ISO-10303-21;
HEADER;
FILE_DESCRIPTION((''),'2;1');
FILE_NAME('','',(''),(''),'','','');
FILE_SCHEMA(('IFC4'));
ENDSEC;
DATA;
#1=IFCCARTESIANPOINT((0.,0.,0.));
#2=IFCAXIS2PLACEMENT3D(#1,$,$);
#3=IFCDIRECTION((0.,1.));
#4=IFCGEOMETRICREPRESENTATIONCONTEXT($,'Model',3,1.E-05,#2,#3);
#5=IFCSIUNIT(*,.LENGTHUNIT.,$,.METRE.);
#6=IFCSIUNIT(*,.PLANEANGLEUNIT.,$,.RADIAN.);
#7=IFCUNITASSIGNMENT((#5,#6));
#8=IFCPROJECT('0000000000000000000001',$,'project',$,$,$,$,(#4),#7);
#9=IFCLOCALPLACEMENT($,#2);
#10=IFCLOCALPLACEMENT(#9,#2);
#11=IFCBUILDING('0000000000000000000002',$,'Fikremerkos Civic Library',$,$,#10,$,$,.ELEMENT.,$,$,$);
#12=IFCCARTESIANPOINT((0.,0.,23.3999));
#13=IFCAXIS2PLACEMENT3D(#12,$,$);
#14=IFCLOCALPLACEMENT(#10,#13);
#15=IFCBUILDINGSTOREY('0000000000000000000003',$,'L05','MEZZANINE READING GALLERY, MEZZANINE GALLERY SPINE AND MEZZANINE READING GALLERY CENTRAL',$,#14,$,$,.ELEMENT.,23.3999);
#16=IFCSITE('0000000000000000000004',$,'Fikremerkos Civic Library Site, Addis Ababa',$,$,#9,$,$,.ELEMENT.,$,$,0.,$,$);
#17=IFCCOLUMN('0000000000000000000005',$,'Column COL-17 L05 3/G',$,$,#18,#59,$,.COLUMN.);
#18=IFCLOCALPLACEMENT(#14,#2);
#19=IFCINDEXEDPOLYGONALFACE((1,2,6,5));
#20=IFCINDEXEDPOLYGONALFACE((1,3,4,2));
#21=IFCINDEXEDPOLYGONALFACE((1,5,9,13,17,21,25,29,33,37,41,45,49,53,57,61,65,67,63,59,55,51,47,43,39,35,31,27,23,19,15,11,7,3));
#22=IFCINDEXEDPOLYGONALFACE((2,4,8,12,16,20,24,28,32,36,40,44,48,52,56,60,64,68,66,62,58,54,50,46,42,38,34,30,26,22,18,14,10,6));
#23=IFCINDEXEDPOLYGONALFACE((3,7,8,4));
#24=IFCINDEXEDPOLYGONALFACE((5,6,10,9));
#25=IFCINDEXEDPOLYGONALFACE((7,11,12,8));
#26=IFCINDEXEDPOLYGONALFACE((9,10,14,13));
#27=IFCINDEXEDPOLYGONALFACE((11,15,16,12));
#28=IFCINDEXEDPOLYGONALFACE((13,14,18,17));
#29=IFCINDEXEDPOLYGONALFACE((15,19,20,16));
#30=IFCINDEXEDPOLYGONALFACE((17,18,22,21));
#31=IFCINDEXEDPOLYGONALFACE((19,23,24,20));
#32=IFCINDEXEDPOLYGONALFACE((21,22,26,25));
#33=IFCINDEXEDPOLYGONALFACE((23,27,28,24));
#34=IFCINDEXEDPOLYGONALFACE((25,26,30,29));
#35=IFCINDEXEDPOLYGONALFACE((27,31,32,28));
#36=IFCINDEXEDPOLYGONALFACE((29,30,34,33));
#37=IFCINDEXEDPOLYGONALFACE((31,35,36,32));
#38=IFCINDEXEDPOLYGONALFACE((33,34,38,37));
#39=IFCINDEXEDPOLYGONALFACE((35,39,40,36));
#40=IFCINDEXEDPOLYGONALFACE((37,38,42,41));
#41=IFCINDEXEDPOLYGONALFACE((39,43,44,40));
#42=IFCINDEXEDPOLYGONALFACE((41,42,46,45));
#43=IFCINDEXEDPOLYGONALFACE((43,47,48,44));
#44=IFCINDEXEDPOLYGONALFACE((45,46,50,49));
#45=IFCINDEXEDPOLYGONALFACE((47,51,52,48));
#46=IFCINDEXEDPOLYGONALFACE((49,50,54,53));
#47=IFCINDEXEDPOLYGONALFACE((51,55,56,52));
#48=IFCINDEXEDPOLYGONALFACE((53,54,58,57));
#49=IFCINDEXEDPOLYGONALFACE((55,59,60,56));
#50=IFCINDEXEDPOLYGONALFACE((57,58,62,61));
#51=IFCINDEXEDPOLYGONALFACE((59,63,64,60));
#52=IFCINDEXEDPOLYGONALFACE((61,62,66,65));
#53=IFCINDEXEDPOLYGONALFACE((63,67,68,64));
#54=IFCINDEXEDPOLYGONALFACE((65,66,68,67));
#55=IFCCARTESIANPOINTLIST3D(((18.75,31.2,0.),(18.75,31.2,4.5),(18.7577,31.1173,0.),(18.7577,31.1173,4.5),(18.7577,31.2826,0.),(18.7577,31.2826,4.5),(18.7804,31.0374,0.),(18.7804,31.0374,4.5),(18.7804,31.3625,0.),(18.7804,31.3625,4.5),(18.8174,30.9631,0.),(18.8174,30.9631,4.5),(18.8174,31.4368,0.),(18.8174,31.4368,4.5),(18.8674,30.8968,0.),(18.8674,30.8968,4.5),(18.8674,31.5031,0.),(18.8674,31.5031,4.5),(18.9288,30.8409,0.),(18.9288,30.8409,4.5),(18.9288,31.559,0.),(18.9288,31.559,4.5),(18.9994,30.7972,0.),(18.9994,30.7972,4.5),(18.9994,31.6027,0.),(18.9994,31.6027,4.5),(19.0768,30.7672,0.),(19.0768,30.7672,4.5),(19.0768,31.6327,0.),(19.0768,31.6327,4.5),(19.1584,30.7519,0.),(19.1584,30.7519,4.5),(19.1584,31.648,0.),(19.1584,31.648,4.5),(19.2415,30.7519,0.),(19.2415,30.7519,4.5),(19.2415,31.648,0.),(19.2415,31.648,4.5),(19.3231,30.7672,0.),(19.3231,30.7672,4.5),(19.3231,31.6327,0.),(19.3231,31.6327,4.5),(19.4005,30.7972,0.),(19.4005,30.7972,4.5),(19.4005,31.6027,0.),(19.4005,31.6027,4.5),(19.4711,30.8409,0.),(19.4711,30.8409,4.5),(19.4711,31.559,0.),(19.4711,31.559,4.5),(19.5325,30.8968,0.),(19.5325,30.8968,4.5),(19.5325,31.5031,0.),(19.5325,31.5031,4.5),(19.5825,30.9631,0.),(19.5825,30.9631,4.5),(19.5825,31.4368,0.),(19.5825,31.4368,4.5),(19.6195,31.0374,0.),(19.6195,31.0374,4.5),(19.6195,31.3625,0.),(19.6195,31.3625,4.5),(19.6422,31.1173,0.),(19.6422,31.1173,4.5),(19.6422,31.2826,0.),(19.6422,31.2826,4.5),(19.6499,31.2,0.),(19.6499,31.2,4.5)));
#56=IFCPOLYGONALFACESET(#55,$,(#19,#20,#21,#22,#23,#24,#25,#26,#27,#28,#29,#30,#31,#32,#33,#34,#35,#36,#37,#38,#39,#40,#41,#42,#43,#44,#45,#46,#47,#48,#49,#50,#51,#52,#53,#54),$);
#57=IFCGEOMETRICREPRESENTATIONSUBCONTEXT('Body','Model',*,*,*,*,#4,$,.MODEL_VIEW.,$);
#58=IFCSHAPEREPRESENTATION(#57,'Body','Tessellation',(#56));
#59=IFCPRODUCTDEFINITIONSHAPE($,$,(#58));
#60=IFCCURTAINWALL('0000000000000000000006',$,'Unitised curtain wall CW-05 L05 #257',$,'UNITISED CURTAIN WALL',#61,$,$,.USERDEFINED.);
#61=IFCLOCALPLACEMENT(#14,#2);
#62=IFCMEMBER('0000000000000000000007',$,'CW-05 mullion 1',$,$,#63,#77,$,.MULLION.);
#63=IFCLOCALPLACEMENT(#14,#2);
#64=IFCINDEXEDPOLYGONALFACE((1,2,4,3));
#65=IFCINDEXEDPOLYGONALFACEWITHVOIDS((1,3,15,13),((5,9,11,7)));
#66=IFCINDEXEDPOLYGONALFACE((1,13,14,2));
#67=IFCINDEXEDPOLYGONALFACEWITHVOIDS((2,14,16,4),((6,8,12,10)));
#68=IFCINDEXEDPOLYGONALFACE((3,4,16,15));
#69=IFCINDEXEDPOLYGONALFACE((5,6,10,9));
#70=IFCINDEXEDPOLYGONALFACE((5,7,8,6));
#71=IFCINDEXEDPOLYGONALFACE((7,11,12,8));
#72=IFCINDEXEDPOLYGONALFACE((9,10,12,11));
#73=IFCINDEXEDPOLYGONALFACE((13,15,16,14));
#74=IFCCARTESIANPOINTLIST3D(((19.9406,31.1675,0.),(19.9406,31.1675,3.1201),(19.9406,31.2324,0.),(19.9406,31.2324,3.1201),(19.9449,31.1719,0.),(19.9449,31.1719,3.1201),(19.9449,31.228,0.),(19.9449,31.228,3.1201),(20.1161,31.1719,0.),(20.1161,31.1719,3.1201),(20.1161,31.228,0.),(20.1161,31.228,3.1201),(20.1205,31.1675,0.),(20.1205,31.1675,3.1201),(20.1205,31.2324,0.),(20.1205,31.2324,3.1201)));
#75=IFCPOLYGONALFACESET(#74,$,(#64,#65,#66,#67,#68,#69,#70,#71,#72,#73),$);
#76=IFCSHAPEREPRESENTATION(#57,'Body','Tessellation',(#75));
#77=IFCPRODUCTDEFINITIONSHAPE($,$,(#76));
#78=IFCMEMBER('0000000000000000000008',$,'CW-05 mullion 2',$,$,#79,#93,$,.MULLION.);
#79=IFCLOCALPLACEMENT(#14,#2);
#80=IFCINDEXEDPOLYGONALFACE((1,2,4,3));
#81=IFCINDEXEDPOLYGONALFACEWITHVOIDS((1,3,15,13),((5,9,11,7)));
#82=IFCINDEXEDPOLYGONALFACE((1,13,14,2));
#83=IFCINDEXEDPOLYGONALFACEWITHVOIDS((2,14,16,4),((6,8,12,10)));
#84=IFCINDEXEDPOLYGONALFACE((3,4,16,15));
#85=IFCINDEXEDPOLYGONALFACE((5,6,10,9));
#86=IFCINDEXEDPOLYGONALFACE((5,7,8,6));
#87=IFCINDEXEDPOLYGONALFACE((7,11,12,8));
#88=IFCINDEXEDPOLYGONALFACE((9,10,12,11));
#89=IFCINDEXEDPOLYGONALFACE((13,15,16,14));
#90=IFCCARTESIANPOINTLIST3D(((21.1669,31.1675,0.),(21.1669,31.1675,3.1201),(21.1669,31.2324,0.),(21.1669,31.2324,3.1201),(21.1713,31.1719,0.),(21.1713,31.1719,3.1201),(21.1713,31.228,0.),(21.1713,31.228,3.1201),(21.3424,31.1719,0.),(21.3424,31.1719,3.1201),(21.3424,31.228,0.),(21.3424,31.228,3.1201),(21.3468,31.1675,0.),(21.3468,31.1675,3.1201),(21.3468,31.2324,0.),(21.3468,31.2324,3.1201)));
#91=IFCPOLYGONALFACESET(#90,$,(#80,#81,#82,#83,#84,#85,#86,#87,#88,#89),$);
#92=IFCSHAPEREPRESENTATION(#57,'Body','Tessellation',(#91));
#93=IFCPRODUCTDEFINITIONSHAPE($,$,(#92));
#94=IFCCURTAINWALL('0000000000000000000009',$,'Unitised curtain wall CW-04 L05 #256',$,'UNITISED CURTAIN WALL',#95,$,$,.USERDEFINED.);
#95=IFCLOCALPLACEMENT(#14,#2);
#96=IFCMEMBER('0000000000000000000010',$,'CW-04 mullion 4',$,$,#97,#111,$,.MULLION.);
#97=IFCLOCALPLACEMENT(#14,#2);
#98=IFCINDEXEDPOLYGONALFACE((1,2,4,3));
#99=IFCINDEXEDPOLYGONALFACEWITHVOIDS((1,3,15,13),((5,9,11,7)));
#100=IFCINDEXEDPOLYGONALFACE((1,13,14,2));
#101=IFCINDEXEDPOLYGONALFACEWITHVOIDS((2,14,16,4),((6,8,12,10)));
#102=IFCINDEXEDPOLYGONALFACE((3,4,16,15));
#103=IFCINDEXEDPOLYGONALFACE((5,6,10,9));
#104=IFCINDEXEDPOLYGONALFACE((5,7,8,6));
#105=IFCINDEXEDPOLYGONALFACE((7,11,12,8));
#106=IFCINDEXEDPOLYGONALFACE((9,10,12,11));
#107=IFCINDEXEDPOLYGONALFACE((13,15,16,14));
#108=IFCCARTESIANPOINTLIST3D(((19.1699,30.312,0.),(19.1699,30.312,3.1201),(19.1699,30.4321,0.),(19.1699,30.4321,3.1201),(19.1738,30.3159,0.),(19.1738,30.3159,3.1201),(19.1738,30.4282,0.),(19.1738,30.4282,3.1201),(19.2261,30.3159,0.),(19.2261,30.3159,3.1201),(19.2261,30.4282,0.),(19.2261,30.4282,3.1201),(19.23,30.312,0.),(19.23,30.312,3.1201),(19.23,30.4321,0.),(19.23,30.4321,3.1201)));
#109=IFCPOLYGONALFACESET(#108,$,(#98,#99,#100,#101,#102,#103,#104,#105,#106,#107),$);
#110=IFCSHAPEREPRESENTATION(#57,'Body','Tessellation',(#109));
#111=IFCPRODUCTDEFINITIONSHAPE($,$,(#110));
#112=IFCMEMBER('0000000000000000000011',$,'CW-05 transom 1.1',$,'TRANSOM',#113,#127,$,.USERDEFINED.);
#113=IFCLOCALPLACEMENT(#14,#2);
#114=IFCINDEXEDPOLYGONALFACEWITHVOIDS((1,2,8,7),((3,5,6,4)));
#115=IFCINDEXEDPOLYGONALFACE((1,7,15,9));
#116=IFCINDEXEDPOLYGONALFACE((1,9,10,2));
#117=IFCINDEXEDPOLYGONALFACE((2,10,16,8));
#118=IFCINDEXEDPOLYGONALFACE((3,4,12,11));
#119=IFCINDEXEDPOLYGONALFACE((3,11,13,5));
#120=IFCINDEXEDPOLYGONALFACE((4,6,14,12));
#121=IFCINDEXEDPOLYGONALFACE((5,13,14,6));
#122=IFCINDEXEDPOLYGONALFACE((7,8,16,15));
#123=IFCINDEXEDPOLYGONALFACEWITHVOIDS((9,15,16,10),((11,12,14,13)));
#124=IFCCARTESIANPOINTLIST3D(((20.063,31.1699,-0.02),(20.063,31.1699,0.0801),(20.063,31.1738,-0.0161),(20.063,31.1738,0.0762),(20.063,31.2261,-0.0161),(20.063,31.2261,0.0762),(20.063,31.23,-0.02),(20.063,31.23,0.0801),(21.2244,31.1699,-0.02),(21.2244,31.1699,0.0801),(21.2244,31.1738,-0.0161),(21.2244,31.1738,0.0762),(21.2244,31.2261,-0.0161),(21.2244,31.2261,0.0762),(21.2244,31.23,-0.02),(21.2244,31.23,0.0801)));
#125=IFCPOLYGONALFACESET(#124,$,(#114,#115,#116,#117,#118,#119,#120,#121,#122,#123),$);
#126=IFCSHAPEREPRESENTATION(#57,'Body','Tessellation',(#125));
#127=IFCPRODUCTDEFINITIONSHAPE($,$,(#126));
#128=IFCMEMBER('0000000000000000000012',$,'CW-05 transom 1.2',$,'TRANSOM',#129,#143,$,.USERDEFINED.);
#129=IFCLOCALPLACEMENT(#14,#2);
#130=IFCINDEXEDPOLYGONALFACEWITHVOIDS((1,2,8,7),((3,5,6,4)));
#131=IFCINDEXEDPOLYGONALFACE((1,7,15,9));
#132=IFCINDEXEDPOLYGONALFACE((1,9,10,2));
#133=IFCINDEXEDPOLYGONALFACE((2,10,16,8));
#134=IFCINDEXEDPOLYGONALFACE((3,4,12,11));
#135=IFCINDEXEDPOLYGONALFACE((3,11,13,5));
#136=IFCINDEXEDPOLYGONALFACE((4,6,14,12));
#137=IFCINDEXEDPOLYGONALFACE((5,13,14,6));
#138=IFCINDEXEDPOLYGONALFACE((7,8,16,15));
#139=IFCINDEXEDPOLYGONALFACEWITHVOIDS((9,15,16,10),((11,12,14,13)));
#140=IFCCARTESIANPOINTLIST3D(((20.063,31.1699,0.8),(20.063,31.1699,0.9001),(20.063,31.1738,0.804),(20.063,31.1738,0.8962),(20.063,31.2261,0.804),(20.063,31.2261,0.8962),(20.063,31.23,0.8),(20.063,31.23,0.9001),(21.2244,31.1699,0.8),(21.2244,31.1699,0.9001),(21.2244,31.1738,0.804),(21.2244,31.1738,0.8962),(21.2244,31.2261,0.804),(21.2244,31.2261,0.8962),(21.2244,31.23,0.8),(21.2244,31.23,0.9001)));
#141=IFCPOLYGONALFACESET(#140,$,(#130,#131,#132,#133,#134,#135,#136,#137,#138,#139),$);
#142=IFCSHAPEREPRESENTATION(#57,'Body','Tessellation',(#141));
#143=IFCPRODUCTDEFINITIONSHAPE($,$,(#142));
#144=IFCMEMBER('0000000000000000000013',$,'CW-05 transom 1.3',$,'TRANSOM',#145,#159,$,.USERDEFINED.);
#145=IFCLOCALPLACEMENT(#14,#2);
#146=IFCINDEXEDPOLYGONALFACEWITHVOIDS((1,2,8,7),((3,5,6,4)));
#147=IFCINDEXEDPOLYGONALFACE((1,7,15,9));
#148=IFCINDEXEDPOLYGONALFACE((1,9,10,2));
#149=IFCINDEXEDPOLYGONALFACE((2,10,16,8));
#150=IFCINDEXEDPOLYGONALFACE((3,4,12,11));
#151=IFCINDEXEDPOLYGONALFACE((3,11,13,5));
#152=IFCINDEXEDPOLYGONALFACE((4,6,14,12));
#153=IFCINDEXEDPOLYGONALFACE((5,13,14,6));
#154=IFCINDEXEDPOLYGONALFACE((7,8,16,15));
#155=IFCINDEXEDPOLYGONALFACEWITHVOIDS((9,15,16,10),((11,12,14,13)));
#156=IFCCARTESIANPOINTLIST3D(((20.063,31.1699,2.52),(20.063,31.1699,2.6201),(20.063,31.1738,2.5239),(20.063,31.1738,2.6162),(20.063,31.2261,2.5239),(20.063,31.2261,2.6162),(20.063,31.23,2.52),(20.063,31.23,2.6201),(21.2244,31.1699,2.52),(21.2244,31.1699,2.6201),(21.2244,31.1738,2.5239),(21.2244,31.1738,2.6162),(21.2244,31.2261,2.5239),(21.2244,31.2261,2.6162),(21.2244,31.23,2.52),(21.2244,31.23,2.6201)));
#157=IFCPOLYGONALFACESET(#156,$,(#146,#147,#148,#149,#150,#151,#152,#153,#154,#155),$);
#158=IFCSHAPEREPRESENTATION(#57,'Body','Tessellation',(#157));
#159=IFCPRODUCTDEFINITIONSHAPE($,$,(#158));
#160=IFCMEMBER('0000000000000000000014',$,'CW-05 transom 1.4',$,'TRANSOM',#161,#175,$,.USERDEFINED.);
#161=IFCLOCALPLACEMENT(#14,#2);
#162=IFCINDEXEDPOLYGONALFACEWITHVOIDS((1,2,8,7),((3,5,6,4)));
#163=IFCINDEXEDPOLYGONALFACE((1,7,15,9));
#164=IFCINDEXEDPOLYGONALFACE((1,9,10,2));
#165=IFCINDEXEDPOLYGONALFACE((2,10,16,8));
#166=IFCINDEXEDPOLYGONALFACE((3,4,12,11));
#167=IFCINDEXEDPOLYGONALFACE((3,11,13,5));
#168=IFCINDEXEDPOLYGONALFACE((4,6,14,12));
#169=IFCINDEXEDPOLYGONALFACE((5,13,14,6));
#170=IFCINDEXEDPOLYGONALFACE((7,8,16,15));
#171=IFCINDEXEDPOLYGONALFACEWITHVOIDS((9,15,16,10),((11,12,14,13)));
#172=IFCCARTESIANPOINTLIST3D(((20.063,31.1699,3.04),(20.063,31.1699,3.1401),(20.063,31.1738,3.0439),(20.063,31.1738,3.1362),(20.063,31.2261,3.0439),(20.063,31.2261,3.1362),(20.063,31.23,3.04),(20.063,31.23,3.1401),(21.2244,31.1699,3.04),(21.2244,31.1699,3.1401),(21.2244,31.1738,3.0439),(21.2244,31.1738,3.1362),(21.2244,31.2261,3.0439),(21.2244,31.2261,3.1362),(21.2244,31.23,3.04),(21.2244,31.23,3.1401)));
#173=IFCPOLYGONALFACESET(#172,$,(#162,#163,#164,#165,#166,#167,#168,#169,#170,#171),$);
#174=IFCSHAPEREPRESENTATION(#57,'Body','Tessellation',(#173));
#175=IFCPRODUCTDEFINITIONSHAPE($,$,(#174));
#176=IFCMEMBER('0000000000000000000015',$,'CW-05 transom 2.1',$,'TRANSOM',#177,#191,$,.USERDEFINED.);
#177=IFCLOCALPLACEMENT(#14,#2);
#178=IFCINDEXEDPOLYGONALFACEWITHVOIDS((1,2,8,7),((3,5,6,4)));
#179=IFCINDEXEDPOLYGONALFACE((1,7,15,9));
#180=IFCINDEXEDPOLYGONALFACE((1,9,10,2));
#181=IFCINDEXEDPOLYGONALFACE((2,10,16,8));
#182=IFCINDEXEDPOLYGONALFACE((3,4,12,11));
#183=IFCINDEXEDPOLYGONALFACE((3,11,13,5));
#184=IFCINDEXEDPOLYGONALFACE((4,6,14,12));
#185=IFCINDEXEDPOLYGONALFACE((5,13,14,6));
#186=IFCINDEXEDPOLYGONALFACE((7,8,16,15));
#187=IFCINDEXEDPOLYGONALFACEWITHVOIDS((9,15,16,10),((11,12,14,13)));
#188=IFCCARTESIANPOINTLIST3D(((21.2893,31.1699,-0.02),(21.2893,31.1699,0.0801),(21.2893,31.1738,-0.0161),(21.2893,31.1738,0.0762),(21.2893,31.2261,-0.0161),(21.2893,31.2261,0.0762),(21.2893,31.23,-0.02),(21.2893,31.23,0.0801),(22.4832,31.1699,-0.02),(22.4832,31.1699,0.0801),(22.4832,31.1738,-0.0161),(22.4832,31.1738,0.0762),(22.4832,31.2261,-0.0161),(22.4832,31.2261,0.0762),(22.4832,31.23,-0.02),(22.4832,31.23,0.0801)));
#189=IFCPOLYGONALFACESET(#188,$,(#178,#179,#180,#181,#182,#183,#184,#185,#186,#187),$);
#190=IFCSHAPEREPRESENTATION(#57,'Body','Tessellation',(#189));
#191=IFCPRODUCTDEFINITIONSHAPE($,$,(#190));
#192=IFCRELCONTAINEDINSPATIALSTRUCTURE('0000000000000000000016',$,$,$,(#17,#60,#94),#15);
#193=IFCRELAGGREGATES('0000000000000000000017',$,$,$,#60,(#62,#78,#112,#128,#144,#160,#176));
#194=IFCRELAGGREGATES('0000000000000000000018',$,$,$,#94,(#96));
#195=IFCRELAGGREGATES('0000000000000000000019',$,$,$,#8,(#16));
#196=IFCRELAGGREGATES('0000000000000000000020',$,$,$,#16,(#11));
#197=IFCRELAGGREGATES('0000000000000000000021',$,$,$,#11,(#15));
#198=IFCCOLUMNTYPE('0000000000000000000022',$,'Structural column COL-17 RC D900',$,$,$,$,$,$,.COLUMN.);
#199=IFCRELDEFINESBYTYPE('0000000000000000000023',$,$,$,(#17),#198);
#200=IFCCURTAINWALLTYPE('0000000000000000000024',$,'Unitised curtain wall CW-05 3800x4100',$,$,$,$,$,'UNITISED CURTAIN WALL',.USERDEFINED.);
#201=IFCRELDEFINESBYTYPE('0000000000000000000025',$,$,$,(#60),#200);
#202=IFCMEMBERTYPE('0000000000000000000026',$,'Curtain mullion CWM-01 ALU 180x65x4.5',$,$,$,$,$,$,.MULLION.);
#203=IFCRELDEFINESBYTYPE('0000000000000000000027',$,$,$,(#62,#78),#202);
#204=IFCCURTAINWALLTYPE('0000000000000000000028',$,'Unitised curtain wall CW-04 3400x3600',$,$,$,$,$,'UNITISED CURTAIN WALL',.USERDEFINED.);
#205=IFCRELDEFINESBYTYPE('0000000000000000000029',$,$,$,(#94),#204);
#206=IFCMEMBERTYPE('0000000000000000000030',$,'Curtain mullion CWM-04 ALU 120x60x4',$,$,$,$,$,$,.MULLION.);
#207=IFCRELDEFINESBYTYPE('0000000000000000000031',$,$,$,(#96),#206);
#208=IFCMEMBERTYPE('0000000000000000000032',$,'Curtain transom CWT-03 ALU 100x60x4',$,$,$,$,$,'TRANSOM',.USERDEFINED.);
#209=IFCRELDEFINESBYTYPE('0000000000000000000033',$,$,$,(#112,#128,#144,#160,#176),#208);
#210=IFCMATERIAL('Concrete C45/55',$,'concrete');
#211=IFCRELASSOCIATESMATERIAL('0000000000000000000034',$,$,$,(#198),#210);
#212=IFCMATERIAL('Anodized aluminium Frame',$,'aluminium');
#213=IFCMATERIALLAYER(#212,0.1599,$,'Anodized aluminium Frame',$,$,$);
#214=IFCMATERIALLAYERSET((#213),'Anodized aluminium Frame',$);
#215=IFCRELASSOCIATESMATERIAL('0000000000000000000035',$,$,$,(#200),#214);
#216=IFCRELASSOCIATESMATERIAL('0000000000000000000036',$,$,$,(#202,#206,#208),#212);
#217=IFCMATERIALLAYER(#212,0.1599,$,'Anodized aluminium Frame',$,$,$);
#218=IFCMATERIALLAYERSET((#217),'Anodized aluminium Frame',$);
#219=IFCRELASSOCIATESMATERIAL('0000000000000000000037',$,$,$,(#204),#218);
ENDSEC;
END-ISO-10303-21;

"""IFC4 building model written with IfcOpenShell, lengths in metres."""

from ifc_helpers import new_model, si_unit, direction, frame, origin, origin_2d, place, context, subcontext, project, spatial, hollow_rectangle, circle, extrude, material, layer, layer_set, material_profile, profile_set, type_object, element, aggregate, save


model = new_model("IFC4")

# Units and contexts
model_context = context("Model", 3, precision=1e-05, world=origin(), true_north=direction((0.0, 1.0)))
body_context = subcontext(model_context, "Body", "Model", "MODEL_VIEW")
ifc_project = project(units=[si_unit("LENGTHUNIT", "METRE"), si_unit("PLANEANGLEUNIT", "RADIAN")], contexts=[model_context])

# Site, building, storey
site_placement = place(None, origin())
site = spatial("IfcSite", under=ifc_project, at=site_placement, Name="Fikremerkos Civic Library Site, Addis Ababa", CompositionType="ELEMENT", RefElevation=0.0)
building_placement = place(site_placement, origin())
building = spatial("IfcBuilding", under=site, at=building_placement, Name="Fikremerkos Civic Library", CompositionType="ELEMENT")
storey_placement = place(building_placement, frame((0.0, 0.0, 23.3999)))
storey = spatial("IfcBuildingStorey", under=building, at=storey_placement, Name="L05", Description="MEZZANINE READING GALLERY, MEZZANINE GALLERY SPINE AND MEZZANINE READING GALLERY CENTRAL", CompositionType="ELEMENT", Elevation=23.3999)

# Column
ifc_material_1 = material(Name="Concrete C45/55", Category="concrete")
ifc_material_profile_1 = material_profile(ifc_material_1, circle(Radius=0.45, at=origin_2d()), Name="RC D900")
ifc_profile_set_1 = profile_set([ifc_material_profile_1], Name="Concrete C45/55")
column_type = type_object("IfcColumnType", Name="Structural column COL-17 RC D900", PredefinedType="COLUMN", material=ifc_profile_set_1)
column_placement = place(storey_placement, frame((19.2, 31.2, 0.0), z_axis=(0.0, 0.0, 1.0), x_axis=(1.0, 0.0, 0.0)))
element("IfcColumn", 1, at=column_placement, inside=storey, type_object=column_type, Name="Column COL-17 L05 3/G", PredefinedType="COLUMN", context=body_context, shape_type="SweptSolid", body=[
    extrude(circle(Radius=0.45, at=origin_2d()), origin(), (0.0, 0.0, 1.0), 4.5),
])

# Curtain wall, members
ifc_material_2 = material(Name="Anodized aluminium Frame", Category="aluminium")
ifc_layer_1 = layer(ifc_material_2, 0.1599, Name="Anodized aluminium Frame")
ifc_layer_set_1 = layer_set([ifc_layer_1], Name="Anodized aluminium Frame")
curtain_wall_type_1 = type_object("IfcCurtainWallType", Name="Unitised curtain wall CW-05 3800x4100", ElementType="UNITISED CURTAIN WALL", PredefinedType="USERDEFINED", material=ifc_layer_set_1)
curtain_wall_1_placement = place(storey_placement, origin())
curtain_wall_1 = element("IfcCurtainWall", 2, at=curtain_wall_1_placement, inside=storey, type_object=curtain_wall_type_1, Name="Unitised curtain wall CW-05 L05 #257", ObjectType="UNITISED CURTAIN WALL", PredefinedType="USERDEFINED")
ifc_material_profile_2 = material_profile(ifc_material_2, hollow_rectangle(XDim=0.0649, YDim=0.1799, WallThickness=0.0044, at=origin_2d()), Name="ALU 180x65x4.5")
ifc_profile_set_2 = profile_set([ifc_material_profile_2], Name="Anodized aluminium Frame")
member_type_1 = type_object("IfcMemberType", Name="Curtain mullion CWM-01 ALU 180x65x4.5", PredefinedType="MULLION", material=ifc_profile_set_2)
member_1_placement = place(storey_placement, frame((20.0305, 31.2, 0.0), z_axis=(0.0, 0.0, 1.0), x_axis=(0.0, 1.0, 0.0)))
member_1 = element("IfcMember", 3, at=member_1_placement, type_object=member_type_1, Name="CW-05 mullion 1", PredefinedType="MULLION", context=body_context, shape_type="SweptSolid", body=[
    extrude(hollow_rectangle(XDim=0.0649, YDim=0.1799, WallThickness=0.0044, at=origin_2d()), origin(), (0.0, 0.0, 1.0), 3.1201),
])
member_2_placement = place(storey_placement, frame((21.2568, 31.2, 0.0), z_axis=(0.0, 0.0, 1.0), x_axis=(0.0, 1.0, 0.0)))
member_2 = element("IfcMember", 4, at=member_2_placement, type_object=member_type_1, Name="CW-05 mullion 2", PredefinedType="MULLION", context=body_context, shape_type="SweptSolid", body=[
    extrude(hollow_rectangle(XDim=0.0649, YDim=0.1799, WallThickness=0.0044, at=origin_2d()), origin(), (0.0, 0.0, 1.0), 3.1201),
])

# Curtain wall, member
ifc_layer_2 = layer(ifc_material_2, 0.1599, Name="Anodized aluminium Frame")
ifc_layer_set_2 = layer_set([ifc_layer_2], Name="Anodized aluminium Frame")
curtain_wall_type_2 = type_object("IfcCurtainWallType", Name="Unitised curtain wall CW-04 3400x3600", ElementType="UNITISED CURTAIN WALL", PredefinedType="USERDEFINED", material=ifc_layer_set_2)
curtain_wall_2_placement = place(storey_placement, origin())
curtain_wall_2 = element("IfcCurtainWall", 5, at=curtain_wall_2_placement, inside=storey, type_object=curtain_wall_type_2, Name="Unitised curtain wall CW-04 L05 #256", ObjectType="UNITISED CURTAIN WALL", PredefinedType="USERDEFINED")
ifc_material_profile_3 = material_profile(ifc_material_2, hollow_rectangle(XDim=0.0601, YDim=0.1201, WallThickness=0.0039, at=origin_2d()), Name="ALU 120x60x4")
ifc_profile_set_3 = profile_set([ifc_material_profile_3], Name="Anodized aluminium Frame")
member_type_2 = type_object("IfcMemberType", Name="Curtain mullion CWM-04 ALU 120x60x4", PredefinedType="MULLION", material=ifc_profile_set_3)
member_3_placement = place(storey_placement, frame((19.2, 30.3721, 0.0), z_axis=(0.0, 0.0, 1.0), x_axis=(-1.0, 0.0, 0.0)))
member_3 = element("IfcMember", 6, at=member_3_placement, type_object=member_type_2, Name="CW-04 mullion 4", PredefinedType="MULLION", context=body_context, shape_type="SweptSolid", body=[
    extrude(hollow_rectangle(XDim=0.0601, YDim=0.1201, WallThickness=0.0039, at=origin_2d()), origin(), (0.0, 0.0, 1.0), 3.1201),
])

# Members
ifc_material_profile_4 = material_profile(ifc_material_2, hollow_rectangle(XDim=0.0601, YDim=0.1001, WallThickness=0.0039, at=origin_2d()), Name="ALU 100x60x4")
ifc_profile_set_4 = profile_set([ifc_material_profile_4], Name="Anodized aluminium Frame")
member_type_3 = type_object("IfcMemberType", Name="Curtain transom CWT-03 ALU 100x60x4", ElementType="TRANSOM", PredefinedType="USERDEFINED", material=ifc_profile_set_4)
member_4_placement = place(storey_placement, frame((20.063, 31.2, 0.03), z_axis=(1.0, 0.0, 0.0), x_axis=(0.0, 1.0, 0.0)))
member_4 = element("IfcMember", 7, at=member_4_placement, type_object=member_type_3, Name="CW-05 transom 1.1", ObjectType="TRANSOM", PredefinedType="USERDEFINED", context=body_context, shape_type="SweptSolid", body=[
    extrude(hollow_rectangle(XDim=0.0601, YDim=0.1001, WallThickness=0.0039, at=origin_2d()), origin(), (0.0, 0.0, 1.0), 1.1614),
])
member_5_placement = place(storey_placement, frame((20.063, 31.2, 0.8501), z_axis=(1.0, 0.0, 0.0), x_axis=(0.0, 1.0, 0.0)))
member_5 = element("IfcMember", 8, at=member_5_placement, type_object=member_type_3, Name="CW-05 transom 1.2", ObjectType="TRANSOM", PredefinedType="USERDEFINED", context=body_context, shape_type="SweptSolid", body=[
    extrude(hollow_rectangle(XDim=0.0601, YDim=0.1001, WallThickness=0.0039, at=origin_2d()), origin(), (0.0, 0.0, 1.0), 1.1614),
])
member_6_placement = place(storey_placement, frame((20.063, 31.2, 2.5701), z_axis=(1.0, 0.0, 0.0), x_axis=(0.0, 1.0, 0.0)))
member_6 = element("IfcMember", 9, at=member_6_placement, type_object=member_type_3, Name="CW-05 transom 1.3", ObjectType="TRANSOM", PredefinedType="USERDEFINED", context=body_context, shape_type="SweptSolid", body=[
    extrude(hollow_rectangle(XDim=0.0601, YDim=0.1001, WallThickness=0.0039, at=origin_2d()), origin(), (0.0, 0.0, 1.0), 1.1614),
])
member_7_placement = place(storey_placement, frame((20.063, 31.2, 3.0901), z_axis=(1.0, 0.0, 0.0), x_axis=(0.0, 1.0, 0.0)))
member_7 = element("IfcMember", 10, at=member_7_placement, type_object=member_type_3, Name="CW-05 transom 1.4", ObjectType="TRANSOM", PredefinedType="USERDEFINED", context=body_context, shape_type="SweptSolid", body=[
    extrude(hollow_rectangle(XDim=0.0601, YDim=0.1001, WallThickness=0.0039, at=origin_2d()), origin(), (0.0, 0.0, 1.0), 1.1614),
])
member_8_placement = place(storey_placement, frame((21.2893, 31.2, 0.03), z_axis=(1.0, 0.0, 0.0), x_axis=(0.0, 1.0, 0.0)))
member_8 = element("IfcMember", 11, at=member_8_placement, type_object=member_type_3, Name="CW-05 transom 2.1", ObjectType="TRANSOM", PredefinedType="USERDEFINED", context=body_context, shape_type="SweptSolid", body=[
    extrude(hollow_rectangle(XDim=0.0601, YDim=0.1001, WallThickness=0.0039, at=origin_2d()), origin(), (0.0, 0.0, 1.0), 1.1938),
])

aggregate(curtain_wall_1, [member_1, member_2, member_4, member_5, member_6, member_7, member_8])
aggregate(curtain_wall_2, [member_3])

save(model, "model.ifc")
